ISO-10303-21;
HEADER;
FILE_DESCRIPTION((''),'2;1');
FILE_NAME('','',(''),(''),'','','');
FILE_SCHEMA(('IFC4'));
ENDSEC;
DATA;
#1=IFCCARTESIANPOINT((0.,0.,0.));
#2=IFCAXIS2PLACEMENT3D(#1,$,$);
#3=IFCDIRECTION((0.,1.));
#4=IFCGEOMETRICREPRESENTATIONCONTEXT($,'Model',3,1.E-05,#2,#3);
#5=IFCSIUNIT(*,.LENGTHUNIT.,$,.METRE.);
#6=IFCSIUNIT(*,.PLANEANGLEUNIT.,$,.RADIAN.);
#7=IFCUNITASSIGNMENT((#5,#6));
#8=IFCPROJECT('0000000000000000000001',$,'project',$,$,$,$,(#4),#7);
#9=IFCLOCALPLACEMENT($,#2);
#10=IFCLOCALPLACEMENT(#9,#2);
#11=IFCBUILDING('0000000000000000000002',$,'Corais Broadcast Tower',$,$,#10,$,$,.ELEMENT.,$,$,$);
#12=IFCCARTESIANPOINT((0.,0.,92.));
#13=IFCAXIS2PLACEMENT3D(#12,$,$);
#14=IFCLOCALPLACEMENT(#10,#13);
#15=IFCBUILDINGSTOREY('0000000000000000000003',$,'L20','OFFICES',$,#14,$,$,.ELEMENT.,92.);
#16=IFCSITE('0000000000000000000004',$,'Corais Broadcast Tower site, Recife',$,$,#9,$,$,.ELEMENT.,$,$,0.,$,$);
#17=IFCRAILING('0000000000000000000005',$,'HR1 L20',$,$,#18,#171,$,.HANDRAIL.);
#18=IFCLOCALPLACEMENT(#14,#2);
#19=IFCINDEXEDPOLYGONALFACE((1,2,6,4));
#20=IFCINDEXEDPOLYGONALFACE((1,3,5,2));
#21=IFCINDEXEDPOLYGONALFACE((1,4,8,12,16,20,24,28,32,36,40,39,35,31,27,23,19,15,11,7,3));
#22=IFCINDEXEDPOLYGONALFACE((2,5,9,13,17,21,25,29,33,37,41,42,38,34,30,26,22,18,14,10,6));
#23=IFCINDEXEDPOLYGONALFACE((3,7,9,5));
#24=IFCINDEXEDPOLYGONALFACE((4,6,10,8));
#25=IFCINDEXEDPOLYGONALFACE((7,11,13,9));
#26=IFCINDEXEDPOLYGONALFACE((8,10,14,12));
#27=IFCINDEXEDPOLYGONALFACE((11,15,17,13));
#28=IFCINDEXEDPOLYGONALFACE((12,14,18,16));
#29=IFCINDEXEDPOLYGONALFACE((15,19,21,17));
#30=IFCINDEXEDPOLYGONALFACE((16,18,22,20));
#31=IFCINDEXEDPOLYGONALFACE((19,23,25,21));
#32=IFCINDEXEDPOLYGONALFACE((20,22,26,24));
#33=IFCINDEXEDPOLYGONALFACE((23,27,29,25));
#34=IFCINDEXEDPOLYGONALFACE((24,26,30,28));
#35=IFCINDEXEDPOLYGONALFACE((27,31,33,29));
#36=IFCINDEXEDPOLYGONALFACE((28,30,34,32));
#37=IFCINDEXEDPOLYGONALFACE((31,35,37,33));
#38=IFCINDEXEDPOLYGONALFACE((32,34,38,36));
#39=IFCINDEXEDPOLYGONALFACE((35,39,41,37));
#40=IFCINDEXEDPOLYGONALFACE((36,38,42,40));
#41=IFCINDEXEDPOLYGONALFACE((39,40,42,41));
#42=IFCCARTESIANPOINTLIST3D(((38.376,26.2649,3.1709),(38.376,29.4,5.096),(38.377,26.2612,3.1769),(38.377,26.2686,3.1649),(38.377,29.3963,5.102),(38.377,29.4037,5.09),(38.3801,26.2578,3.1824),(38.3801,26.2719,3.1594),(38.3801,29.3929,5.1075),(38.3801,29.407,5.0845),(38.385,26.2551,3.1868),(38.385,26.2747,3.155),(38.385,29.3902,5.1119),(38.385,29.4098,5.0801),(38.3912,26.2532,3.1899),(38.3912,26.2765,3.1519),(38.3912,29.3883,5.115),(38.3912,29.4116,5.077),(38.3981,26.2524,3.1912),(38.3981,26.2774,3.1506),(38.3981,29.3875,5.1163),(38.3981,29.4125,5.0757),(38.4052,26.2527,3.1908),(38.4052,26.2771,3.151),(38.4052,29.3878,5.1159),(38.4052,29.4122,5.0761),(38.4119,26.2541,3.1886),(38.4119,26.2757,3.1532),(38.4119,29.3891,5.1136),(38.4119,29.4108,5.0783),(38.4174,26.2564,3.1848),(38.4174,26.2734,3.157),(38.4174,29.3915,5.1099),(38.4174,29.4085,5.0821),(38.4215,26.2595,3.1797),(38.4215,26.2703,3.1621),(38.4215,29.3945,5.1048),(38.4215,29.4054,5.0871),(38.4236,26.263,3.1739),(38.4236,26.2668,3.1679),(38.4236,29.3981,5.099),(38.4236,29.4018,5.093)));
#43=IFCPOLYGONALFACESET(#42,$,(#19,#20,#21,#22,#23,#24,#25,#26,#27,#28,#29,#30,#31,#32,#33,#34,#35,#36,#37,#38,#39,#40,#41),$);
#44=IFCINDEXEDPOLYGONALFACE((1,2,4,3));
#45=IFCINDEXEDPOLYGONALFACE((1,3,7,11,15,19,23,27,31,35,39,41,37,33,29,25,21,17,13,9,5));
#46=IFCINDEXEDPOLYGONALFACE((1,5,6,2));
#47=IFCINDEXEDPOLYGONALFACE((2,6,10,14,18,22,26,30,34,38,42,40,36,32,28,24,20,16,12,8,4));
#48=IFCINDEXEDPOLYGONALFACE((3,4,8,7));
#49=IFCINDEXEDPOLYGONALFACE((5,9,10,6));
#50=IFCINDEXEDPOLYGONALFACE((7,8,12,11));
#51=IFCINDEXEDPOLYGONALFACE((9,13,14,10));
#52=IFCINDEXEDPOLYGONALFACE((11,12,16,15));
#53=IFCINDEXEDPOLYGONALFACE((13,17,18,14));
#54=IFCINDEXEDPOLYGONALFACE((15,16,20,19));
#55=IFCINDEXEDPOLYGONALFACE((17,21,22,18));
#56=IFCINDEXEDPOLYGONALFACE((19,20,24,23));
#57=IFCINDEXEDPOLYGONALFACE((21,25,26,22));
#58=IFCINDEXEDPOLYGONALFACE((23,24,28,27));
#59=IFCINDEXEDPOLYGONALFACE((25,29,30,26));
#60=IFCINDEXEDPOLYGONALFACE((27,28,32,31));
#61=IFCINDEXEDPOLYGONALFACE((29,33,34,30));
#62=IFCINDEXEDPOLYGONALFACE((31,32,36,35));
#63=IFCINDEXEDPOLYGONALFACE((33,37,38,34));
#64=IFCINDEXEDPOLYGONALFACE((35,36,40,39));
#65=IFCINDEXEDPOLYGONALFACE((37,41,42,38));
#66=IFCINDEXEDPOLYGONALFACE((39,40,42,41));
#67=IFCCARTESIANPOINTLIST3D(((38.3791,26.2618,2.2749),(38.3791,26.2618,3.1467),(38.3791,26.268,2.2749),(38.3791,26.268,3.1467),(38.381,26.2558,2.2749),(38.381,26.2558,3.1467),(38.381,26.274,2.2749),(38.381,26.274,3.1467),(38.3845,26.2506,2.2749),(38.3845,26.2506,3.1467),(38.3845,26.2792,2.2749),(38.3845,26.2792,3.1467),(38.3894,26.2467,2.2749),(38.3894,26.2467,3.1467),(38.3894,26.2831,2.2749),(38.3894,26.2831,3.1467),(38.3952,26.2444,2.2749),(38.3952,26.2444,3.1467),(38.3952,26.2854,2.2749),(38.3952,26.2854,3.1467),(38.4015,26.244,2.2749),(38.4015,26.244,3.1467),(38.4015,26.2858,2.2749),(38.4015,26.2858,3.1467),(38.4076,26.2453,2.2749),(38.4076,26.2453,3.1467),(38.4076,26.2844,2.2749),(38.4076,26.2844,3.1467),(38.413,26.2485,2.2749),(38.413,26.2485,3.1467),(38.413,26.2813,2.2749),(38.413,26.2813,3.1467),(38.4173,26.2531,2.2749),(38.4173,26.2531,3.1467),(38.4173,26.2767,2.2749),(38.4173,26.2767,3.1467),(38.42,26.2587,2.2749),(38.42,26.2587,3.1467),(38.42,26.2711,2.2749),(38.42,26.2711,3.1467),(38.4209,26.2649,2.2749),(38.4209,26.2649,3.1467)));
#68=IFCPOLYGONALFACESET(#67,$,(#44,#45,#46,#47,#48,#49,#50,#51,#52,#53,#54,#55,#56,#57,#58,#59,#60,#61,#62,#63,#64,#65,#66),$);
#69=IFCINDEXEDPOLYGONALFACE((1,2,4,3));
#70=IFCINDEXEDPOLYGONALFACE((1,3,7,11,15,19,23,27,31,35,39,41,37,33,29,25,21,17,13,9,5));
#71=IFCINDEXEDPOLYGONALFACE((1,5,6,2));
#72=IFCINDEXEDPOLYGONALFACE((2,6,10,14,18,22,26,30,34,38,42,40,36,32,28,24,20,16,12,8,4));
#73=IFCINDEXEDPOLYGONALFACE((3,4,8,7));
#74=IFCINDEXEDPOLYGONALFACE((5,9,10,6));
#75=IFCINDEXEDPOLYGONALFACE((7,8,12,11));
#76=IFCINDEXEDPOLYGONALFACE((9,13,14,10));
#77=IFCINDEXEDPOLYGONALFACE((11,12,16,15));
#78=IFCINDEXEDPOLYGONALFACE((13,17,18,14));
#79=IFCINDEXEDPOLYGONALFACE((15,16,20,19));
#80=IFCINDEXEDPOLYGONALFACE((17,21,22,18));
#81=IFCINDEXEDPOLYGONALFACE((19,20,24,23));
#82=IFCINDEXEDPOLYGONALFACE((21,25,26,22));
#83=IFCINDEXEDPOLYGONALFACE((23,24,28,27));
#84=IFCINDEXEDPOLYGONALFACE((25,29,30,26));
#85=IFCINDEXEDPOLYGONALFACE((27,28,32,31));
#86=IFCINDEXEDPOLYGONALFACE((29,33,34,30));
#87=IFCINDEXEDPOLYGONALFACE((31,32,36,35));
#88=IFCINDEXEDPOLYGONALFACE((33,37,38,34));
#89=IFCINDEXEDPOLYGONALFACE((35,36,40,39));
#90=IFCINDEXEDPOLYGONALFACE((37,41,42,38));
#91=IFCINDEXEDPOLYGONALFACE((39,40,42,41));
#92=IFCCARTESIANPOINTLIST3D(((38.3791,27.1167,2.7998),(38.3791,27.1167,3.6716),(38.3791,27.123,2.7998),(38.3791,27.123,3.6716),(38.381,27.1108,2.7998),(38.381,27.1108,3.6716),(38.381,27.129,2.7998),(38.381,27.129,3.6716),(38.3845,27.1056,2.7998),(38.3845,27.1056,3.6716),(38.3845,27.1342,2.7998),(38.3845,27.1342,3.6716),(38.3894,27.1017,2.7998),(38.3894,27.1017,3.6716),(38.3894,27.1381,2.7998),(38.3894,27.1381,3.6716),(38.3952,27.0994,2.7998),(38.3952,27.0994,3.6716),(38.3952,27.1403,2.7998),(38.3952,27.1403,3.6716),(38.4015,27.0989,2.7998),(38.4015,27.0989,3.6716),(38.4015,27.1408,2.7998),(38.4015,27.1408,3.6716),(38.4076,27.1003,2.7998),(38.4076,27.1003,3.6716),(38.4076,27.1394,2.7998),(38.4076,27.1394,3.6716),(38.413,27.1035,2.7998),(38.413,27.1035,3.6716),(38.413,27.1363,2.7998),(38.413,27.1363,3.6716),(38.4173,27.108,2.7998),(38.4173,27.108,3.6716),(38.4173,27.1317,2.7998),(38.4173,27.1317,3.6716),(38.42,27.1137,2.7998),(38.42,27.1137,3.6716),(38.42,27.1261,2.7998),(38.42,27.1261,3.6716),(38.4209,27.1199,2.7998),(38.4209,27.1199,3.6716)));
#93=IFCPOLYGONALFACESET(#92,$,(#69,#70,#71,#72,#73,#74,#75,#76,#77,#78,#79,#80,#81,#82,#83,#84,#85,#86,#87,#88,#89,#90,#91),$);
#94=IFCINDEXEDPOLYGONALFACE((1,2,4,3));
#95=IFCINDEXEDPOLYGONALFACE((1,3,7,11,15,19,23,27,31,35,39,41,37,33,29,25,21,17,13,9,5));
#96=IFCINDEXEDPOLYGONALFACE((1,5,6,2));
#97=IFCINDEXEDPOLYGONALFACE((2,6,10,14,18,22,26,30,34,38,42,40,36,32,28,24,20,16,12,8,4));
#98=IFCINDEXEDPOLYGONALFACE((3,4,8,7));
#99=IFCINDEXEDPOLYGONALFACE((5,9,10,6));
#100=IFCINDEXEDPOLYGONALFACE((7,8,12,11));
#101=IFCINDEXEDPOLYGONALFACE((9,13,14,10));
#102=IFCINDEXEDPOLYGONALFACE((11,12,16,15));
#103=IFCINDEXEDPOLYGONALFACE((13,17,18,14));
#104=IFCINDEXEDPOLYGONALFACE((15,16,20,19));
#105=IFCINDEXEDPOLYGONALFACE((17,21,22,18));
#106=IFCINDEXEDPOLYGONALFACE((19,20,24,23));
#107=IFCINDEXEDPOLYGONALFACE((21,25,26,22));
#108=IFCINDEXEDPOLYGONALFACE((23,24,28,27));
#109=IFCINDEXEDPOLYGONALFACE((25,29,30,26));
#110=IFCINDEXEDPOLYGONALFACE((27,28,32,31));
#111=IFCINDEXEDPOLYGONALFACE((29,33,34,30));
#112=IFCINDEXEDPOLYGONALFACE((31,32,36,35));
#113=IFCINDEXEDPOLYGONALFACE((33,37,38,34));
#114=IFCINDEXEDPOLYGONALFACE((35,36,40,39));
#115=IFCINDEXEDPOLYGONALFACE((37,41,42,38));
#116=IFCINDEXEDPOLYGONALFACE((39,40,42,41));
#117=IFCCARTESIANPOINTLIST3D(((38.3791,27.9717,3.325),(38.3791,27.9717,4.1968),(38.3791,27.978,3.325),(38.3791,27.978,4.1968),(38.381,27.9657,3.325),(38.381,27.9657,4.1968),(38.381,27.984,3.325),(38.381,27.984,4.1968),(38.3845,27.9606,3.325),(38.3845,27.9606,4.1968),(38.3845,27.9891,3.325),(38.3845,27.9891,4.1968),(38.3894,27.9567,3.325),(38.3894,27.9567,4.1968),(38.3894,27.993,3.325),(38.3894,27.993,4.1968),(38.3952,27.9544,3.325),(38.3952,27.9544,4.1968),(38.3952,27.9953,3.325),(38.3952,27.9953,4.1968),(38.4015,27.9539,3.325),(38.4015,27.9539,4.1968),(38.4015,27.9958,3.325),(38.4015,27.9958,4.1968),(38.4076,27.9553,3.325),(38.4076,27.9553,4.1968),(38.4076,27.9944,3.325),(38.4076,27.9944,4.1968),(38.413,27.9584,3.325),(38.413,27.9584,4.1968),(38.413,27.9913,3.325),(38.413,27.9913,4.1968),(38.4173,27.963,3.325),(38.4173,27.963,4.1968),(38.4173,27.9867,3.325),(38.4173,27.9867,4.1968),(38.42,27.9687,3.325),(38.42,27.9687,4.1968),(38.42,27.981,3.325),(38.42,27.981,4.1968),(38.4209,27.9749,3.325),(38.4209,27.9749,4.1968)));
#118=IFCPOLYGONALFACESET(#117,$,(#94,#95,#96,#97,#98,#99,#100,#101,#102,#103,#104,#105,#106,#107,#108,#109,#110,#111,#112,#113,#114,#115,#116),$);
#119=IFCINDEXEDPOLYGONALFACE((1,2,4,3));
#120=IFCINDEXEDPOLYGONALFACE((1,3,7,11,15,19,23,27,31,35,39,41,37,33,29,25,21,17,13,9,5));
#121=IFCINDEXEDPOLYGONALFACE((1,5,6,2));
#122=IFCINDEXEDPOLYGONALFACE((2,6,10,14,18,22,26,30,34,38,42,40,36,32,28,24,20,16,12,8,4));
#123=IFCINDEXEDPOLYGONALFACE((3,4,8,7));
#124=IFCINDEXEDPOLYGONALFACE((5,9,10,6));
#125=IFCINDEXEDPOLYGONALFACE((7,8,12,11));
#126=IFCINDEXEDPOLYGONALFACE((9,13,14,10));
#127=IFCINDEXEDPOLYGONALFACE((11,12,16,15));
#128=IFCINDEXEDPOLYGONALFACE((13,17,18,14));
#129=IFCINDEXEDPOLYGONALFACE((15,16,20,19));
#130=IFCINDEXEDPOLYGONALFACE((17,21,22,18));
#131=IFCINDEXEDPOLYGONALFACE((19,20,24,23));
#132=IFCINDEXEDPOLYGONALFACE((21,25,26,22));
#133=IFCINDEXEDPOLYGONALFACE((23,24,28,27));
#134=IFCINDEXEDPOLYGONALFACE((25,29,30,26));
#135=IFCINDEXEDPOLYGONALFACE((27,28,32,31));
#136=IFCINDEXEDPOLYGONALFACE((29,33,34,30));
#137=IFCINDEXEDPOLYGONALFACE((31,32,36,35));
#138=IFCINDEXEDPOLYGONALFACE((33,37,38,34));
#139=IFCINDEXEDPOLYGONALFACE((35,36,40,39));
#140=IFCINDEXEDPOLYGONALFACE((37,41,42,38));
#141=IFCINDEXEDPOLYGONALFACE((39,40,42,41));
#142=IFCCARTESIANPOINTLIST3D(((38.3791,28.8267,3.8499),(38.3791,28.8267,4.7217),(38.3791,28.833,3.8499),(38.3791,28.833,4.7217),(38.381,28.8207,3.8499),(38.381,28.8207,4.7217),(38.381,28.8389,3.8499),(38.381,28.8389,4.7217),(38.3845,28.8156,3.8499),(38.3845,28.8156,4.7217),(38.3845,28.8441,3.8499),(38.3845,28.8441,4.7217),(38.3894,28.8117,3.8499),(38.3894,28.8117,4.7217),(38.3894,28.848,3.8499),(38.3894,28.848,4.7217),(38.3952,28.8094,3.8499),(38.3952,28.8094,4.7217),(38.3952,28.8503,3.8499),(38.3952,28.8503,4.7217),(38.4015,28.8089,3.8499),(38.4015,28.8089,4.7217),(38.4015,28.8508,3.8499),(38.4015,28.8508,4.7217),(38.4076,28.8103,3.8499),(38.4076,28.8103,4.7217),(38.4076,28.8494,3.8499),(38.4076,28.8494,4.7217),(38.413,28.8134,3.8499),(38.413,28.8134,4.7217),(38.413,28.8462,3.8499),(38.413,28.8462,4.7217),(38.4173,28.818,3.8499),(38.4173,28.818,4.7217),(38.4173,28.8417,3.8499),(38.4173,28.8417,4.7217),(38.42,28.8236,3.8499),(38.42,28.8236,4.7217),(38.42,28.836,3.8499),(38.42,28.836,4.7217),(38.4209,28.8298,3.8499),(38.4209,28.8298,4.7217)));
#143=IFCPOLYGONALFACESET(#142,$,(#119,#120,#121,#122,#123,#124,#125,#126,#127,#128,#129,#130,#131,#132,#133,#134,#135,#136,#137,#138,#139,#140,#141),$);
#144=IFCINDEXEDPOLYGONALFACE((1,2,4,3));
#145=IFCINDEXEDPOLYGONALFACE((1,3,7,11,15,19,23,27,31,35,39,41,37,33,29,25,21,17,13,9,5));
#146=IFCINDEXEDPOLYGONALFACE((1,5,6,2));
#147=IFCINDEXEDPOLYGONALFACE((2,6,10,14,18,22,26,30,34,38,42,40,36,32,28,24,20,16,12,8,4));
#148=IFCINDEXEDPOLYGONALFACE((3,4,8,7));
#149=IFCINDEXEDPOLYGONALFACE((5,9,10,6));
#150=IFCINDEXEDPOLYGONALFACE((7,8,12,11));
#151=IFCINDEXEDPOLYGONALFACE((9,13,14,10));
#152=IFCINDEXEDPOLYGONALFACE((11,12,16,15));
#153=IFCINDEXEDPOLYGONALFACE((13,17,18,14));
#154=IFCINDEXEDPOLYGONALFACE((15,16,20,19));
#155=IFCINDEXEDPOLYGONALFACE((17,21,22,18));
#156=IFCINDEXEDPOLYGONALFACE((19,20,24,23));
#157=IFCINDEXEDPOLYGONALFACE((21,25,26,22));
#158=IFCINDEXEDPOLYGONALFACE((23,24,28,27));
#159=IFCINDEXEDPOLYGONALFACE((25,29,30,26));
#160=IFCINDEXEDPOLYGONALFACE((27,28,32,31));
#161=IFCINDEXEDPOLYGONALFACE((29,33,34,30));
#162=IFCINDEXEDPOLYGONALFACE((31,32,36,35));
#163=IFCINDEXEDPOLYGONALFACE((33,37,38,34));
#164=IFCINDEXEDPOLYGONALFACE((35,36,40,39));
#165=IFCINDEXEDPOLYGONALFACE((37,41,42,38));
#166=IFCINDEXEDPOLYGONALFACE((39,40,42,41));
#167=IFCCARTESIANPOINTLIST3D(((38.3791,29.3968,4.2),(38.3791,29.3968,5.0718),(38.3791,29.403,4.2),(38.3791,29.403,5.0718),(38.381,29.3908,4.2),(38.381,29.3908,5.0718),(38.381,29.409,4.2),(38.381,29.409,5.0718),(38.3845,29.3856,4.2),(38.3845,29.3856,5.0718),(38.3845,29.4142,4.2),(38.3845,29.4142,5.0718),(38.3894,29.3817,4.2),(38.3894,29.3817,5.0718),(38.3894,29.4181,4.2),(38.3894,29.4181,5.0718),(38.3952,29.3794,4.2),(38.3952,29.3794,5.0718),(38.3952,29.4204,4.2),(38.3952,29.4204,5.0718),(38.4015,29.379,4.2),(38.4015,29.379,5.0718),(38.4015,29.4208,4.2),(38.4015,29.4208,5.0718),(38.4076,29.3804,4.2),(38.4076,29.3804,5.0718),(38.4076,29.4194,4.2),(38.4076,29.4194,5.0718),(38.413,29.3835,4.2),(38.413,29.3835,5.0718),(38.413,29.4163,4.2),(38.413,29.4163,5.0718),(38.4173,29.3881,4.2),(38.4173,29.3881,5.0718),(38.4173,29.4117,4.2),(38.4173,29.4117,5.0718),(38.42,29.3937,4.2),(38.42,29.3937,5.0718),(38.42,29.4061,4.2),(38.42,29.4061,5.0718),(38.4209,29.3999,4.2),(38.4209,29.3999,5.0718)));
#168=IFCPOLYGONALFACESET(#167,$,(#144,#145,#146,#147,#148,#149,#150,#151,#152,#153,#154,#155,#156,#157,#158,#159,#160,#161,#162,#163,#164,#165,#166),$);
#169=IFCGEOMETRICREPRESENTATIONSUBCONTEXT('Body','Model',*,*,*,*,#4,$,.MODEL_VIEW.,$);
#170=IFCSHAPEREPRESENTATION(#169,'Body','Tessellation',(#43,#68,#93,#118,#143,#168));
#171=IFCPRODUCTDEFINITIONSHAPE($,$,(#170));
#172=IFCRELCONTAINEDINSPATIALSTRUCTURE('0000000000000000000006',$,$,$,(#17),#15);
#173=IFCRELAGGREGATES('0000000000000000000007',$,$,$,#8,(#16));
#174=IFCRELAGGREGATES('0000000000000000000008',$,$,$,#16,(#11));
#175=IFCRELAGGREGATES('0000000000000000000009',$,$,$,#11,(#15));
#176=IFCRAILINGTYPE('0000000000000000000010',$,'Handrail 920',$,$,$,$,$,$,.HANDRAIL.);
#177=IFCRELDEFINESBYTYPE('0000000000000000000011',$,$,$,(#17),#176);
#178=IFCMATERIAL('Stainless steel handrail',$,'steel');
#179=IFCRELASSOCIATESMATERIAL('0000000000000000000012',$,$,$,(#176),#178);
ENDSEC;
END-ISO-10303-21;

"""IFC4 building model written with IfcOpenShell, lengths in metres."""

from ifc_helpers import new_model, si_unit, direction, frame, origin, origin_2d, place, context, subcontext, project, spatial, circle, extrude, material, type_object, element, save


model = new_model("IFC4")

# Units and contexts
model_context = context("Model", 3, precision=1e-05, world=origin(), true_north=direction((0.0, 1.0)))
body_context = subcontext(model_context, "Body", "Model", "MODEL_VIEW")
ifc_project = project(units=[si_unit("LENGTHUNIT", "METRE"), si_unit("PLANEANGLEUNIT", "RADIAN")], contexts=[model_context])

# Site, building, storey
site_placement = place(None, origin())
site = spatial("IfcSite", under=ifc_project, at=site_placement, Name="Corais Broadcast Tower site, Recife", CompositionType="ELEMENT", RefElevation=0.0)
building_placement = place(site_placement, origin())
building = spatial("IfcBuilding", under=site, at=building_placement, Name="Corais Broadcast Tower", CompositionType="ELEMENT")
storey_placement = place(building_placement, frame((0.0, 0.0, 92.0)))
storey = spatial("IfcBuildingStorey", under=building, at=storey_placement, Name="L20", Description="OFFICES", CompositionType="ELEMENT", Elevation=92.0)

# Railing
ifc_material_1 = material(Name="Stainless steel handrail", Category="steel")
railing_type = type_object("IfcRailingType", Name="Handrail 920", PredefinedType="HANDRAIL", material=ifc_material_1)
for number, where, name in (
    (1, (38.3999, 26.2649, 2.2749), "HR1 L20"),
):
    element("IfcRailing", number, at=place(storey_placement, frame(where)), inside=storey, type_object=railing_type, Name=name, PredefinedType="HANDRAIL", context=body_context, shape_type="SweptSolid", body=[
        extrude(circle(Radius=0.0239, at=origin_2d()), frame((0.0, 0.0, 0.896), z_axis=(0.0, 0.852166, 0.523271), x_axis=(-1.0, 0.0, 0.0)), (0.0, 0.0, 1.0), 3.679),
        extrude(circle(Radius=0.021, at=origin_2d()), origin(), (0.0, 0.0, 1.0), 0.8718),
        extrude(circle(Radius=0.021, at=origin_2d()), frame((0.0, 0.855, 0.5249)), (0.0, 0.0, 1.0), 0.8718),
        extrude(circle(Radius=0.021, at=origin_2d()), frame((0.0, 1.71, 1.05)), (0.0, 0.0, 1.0), 0.8718),
        extrude(circle(Radius=0.021, at=origin_2d()), frame((0.0, 2.5649, 1.575)), (0.0, 0.0, 1.0), 0.8718),
        extrude(circle(Radius=0.021, at=origin_2d()), frame((0.0, 3.135, 1.925)), (0.0, 0.0, 1.0), 0.8718),
    ])

save(model, "model.ifc")
